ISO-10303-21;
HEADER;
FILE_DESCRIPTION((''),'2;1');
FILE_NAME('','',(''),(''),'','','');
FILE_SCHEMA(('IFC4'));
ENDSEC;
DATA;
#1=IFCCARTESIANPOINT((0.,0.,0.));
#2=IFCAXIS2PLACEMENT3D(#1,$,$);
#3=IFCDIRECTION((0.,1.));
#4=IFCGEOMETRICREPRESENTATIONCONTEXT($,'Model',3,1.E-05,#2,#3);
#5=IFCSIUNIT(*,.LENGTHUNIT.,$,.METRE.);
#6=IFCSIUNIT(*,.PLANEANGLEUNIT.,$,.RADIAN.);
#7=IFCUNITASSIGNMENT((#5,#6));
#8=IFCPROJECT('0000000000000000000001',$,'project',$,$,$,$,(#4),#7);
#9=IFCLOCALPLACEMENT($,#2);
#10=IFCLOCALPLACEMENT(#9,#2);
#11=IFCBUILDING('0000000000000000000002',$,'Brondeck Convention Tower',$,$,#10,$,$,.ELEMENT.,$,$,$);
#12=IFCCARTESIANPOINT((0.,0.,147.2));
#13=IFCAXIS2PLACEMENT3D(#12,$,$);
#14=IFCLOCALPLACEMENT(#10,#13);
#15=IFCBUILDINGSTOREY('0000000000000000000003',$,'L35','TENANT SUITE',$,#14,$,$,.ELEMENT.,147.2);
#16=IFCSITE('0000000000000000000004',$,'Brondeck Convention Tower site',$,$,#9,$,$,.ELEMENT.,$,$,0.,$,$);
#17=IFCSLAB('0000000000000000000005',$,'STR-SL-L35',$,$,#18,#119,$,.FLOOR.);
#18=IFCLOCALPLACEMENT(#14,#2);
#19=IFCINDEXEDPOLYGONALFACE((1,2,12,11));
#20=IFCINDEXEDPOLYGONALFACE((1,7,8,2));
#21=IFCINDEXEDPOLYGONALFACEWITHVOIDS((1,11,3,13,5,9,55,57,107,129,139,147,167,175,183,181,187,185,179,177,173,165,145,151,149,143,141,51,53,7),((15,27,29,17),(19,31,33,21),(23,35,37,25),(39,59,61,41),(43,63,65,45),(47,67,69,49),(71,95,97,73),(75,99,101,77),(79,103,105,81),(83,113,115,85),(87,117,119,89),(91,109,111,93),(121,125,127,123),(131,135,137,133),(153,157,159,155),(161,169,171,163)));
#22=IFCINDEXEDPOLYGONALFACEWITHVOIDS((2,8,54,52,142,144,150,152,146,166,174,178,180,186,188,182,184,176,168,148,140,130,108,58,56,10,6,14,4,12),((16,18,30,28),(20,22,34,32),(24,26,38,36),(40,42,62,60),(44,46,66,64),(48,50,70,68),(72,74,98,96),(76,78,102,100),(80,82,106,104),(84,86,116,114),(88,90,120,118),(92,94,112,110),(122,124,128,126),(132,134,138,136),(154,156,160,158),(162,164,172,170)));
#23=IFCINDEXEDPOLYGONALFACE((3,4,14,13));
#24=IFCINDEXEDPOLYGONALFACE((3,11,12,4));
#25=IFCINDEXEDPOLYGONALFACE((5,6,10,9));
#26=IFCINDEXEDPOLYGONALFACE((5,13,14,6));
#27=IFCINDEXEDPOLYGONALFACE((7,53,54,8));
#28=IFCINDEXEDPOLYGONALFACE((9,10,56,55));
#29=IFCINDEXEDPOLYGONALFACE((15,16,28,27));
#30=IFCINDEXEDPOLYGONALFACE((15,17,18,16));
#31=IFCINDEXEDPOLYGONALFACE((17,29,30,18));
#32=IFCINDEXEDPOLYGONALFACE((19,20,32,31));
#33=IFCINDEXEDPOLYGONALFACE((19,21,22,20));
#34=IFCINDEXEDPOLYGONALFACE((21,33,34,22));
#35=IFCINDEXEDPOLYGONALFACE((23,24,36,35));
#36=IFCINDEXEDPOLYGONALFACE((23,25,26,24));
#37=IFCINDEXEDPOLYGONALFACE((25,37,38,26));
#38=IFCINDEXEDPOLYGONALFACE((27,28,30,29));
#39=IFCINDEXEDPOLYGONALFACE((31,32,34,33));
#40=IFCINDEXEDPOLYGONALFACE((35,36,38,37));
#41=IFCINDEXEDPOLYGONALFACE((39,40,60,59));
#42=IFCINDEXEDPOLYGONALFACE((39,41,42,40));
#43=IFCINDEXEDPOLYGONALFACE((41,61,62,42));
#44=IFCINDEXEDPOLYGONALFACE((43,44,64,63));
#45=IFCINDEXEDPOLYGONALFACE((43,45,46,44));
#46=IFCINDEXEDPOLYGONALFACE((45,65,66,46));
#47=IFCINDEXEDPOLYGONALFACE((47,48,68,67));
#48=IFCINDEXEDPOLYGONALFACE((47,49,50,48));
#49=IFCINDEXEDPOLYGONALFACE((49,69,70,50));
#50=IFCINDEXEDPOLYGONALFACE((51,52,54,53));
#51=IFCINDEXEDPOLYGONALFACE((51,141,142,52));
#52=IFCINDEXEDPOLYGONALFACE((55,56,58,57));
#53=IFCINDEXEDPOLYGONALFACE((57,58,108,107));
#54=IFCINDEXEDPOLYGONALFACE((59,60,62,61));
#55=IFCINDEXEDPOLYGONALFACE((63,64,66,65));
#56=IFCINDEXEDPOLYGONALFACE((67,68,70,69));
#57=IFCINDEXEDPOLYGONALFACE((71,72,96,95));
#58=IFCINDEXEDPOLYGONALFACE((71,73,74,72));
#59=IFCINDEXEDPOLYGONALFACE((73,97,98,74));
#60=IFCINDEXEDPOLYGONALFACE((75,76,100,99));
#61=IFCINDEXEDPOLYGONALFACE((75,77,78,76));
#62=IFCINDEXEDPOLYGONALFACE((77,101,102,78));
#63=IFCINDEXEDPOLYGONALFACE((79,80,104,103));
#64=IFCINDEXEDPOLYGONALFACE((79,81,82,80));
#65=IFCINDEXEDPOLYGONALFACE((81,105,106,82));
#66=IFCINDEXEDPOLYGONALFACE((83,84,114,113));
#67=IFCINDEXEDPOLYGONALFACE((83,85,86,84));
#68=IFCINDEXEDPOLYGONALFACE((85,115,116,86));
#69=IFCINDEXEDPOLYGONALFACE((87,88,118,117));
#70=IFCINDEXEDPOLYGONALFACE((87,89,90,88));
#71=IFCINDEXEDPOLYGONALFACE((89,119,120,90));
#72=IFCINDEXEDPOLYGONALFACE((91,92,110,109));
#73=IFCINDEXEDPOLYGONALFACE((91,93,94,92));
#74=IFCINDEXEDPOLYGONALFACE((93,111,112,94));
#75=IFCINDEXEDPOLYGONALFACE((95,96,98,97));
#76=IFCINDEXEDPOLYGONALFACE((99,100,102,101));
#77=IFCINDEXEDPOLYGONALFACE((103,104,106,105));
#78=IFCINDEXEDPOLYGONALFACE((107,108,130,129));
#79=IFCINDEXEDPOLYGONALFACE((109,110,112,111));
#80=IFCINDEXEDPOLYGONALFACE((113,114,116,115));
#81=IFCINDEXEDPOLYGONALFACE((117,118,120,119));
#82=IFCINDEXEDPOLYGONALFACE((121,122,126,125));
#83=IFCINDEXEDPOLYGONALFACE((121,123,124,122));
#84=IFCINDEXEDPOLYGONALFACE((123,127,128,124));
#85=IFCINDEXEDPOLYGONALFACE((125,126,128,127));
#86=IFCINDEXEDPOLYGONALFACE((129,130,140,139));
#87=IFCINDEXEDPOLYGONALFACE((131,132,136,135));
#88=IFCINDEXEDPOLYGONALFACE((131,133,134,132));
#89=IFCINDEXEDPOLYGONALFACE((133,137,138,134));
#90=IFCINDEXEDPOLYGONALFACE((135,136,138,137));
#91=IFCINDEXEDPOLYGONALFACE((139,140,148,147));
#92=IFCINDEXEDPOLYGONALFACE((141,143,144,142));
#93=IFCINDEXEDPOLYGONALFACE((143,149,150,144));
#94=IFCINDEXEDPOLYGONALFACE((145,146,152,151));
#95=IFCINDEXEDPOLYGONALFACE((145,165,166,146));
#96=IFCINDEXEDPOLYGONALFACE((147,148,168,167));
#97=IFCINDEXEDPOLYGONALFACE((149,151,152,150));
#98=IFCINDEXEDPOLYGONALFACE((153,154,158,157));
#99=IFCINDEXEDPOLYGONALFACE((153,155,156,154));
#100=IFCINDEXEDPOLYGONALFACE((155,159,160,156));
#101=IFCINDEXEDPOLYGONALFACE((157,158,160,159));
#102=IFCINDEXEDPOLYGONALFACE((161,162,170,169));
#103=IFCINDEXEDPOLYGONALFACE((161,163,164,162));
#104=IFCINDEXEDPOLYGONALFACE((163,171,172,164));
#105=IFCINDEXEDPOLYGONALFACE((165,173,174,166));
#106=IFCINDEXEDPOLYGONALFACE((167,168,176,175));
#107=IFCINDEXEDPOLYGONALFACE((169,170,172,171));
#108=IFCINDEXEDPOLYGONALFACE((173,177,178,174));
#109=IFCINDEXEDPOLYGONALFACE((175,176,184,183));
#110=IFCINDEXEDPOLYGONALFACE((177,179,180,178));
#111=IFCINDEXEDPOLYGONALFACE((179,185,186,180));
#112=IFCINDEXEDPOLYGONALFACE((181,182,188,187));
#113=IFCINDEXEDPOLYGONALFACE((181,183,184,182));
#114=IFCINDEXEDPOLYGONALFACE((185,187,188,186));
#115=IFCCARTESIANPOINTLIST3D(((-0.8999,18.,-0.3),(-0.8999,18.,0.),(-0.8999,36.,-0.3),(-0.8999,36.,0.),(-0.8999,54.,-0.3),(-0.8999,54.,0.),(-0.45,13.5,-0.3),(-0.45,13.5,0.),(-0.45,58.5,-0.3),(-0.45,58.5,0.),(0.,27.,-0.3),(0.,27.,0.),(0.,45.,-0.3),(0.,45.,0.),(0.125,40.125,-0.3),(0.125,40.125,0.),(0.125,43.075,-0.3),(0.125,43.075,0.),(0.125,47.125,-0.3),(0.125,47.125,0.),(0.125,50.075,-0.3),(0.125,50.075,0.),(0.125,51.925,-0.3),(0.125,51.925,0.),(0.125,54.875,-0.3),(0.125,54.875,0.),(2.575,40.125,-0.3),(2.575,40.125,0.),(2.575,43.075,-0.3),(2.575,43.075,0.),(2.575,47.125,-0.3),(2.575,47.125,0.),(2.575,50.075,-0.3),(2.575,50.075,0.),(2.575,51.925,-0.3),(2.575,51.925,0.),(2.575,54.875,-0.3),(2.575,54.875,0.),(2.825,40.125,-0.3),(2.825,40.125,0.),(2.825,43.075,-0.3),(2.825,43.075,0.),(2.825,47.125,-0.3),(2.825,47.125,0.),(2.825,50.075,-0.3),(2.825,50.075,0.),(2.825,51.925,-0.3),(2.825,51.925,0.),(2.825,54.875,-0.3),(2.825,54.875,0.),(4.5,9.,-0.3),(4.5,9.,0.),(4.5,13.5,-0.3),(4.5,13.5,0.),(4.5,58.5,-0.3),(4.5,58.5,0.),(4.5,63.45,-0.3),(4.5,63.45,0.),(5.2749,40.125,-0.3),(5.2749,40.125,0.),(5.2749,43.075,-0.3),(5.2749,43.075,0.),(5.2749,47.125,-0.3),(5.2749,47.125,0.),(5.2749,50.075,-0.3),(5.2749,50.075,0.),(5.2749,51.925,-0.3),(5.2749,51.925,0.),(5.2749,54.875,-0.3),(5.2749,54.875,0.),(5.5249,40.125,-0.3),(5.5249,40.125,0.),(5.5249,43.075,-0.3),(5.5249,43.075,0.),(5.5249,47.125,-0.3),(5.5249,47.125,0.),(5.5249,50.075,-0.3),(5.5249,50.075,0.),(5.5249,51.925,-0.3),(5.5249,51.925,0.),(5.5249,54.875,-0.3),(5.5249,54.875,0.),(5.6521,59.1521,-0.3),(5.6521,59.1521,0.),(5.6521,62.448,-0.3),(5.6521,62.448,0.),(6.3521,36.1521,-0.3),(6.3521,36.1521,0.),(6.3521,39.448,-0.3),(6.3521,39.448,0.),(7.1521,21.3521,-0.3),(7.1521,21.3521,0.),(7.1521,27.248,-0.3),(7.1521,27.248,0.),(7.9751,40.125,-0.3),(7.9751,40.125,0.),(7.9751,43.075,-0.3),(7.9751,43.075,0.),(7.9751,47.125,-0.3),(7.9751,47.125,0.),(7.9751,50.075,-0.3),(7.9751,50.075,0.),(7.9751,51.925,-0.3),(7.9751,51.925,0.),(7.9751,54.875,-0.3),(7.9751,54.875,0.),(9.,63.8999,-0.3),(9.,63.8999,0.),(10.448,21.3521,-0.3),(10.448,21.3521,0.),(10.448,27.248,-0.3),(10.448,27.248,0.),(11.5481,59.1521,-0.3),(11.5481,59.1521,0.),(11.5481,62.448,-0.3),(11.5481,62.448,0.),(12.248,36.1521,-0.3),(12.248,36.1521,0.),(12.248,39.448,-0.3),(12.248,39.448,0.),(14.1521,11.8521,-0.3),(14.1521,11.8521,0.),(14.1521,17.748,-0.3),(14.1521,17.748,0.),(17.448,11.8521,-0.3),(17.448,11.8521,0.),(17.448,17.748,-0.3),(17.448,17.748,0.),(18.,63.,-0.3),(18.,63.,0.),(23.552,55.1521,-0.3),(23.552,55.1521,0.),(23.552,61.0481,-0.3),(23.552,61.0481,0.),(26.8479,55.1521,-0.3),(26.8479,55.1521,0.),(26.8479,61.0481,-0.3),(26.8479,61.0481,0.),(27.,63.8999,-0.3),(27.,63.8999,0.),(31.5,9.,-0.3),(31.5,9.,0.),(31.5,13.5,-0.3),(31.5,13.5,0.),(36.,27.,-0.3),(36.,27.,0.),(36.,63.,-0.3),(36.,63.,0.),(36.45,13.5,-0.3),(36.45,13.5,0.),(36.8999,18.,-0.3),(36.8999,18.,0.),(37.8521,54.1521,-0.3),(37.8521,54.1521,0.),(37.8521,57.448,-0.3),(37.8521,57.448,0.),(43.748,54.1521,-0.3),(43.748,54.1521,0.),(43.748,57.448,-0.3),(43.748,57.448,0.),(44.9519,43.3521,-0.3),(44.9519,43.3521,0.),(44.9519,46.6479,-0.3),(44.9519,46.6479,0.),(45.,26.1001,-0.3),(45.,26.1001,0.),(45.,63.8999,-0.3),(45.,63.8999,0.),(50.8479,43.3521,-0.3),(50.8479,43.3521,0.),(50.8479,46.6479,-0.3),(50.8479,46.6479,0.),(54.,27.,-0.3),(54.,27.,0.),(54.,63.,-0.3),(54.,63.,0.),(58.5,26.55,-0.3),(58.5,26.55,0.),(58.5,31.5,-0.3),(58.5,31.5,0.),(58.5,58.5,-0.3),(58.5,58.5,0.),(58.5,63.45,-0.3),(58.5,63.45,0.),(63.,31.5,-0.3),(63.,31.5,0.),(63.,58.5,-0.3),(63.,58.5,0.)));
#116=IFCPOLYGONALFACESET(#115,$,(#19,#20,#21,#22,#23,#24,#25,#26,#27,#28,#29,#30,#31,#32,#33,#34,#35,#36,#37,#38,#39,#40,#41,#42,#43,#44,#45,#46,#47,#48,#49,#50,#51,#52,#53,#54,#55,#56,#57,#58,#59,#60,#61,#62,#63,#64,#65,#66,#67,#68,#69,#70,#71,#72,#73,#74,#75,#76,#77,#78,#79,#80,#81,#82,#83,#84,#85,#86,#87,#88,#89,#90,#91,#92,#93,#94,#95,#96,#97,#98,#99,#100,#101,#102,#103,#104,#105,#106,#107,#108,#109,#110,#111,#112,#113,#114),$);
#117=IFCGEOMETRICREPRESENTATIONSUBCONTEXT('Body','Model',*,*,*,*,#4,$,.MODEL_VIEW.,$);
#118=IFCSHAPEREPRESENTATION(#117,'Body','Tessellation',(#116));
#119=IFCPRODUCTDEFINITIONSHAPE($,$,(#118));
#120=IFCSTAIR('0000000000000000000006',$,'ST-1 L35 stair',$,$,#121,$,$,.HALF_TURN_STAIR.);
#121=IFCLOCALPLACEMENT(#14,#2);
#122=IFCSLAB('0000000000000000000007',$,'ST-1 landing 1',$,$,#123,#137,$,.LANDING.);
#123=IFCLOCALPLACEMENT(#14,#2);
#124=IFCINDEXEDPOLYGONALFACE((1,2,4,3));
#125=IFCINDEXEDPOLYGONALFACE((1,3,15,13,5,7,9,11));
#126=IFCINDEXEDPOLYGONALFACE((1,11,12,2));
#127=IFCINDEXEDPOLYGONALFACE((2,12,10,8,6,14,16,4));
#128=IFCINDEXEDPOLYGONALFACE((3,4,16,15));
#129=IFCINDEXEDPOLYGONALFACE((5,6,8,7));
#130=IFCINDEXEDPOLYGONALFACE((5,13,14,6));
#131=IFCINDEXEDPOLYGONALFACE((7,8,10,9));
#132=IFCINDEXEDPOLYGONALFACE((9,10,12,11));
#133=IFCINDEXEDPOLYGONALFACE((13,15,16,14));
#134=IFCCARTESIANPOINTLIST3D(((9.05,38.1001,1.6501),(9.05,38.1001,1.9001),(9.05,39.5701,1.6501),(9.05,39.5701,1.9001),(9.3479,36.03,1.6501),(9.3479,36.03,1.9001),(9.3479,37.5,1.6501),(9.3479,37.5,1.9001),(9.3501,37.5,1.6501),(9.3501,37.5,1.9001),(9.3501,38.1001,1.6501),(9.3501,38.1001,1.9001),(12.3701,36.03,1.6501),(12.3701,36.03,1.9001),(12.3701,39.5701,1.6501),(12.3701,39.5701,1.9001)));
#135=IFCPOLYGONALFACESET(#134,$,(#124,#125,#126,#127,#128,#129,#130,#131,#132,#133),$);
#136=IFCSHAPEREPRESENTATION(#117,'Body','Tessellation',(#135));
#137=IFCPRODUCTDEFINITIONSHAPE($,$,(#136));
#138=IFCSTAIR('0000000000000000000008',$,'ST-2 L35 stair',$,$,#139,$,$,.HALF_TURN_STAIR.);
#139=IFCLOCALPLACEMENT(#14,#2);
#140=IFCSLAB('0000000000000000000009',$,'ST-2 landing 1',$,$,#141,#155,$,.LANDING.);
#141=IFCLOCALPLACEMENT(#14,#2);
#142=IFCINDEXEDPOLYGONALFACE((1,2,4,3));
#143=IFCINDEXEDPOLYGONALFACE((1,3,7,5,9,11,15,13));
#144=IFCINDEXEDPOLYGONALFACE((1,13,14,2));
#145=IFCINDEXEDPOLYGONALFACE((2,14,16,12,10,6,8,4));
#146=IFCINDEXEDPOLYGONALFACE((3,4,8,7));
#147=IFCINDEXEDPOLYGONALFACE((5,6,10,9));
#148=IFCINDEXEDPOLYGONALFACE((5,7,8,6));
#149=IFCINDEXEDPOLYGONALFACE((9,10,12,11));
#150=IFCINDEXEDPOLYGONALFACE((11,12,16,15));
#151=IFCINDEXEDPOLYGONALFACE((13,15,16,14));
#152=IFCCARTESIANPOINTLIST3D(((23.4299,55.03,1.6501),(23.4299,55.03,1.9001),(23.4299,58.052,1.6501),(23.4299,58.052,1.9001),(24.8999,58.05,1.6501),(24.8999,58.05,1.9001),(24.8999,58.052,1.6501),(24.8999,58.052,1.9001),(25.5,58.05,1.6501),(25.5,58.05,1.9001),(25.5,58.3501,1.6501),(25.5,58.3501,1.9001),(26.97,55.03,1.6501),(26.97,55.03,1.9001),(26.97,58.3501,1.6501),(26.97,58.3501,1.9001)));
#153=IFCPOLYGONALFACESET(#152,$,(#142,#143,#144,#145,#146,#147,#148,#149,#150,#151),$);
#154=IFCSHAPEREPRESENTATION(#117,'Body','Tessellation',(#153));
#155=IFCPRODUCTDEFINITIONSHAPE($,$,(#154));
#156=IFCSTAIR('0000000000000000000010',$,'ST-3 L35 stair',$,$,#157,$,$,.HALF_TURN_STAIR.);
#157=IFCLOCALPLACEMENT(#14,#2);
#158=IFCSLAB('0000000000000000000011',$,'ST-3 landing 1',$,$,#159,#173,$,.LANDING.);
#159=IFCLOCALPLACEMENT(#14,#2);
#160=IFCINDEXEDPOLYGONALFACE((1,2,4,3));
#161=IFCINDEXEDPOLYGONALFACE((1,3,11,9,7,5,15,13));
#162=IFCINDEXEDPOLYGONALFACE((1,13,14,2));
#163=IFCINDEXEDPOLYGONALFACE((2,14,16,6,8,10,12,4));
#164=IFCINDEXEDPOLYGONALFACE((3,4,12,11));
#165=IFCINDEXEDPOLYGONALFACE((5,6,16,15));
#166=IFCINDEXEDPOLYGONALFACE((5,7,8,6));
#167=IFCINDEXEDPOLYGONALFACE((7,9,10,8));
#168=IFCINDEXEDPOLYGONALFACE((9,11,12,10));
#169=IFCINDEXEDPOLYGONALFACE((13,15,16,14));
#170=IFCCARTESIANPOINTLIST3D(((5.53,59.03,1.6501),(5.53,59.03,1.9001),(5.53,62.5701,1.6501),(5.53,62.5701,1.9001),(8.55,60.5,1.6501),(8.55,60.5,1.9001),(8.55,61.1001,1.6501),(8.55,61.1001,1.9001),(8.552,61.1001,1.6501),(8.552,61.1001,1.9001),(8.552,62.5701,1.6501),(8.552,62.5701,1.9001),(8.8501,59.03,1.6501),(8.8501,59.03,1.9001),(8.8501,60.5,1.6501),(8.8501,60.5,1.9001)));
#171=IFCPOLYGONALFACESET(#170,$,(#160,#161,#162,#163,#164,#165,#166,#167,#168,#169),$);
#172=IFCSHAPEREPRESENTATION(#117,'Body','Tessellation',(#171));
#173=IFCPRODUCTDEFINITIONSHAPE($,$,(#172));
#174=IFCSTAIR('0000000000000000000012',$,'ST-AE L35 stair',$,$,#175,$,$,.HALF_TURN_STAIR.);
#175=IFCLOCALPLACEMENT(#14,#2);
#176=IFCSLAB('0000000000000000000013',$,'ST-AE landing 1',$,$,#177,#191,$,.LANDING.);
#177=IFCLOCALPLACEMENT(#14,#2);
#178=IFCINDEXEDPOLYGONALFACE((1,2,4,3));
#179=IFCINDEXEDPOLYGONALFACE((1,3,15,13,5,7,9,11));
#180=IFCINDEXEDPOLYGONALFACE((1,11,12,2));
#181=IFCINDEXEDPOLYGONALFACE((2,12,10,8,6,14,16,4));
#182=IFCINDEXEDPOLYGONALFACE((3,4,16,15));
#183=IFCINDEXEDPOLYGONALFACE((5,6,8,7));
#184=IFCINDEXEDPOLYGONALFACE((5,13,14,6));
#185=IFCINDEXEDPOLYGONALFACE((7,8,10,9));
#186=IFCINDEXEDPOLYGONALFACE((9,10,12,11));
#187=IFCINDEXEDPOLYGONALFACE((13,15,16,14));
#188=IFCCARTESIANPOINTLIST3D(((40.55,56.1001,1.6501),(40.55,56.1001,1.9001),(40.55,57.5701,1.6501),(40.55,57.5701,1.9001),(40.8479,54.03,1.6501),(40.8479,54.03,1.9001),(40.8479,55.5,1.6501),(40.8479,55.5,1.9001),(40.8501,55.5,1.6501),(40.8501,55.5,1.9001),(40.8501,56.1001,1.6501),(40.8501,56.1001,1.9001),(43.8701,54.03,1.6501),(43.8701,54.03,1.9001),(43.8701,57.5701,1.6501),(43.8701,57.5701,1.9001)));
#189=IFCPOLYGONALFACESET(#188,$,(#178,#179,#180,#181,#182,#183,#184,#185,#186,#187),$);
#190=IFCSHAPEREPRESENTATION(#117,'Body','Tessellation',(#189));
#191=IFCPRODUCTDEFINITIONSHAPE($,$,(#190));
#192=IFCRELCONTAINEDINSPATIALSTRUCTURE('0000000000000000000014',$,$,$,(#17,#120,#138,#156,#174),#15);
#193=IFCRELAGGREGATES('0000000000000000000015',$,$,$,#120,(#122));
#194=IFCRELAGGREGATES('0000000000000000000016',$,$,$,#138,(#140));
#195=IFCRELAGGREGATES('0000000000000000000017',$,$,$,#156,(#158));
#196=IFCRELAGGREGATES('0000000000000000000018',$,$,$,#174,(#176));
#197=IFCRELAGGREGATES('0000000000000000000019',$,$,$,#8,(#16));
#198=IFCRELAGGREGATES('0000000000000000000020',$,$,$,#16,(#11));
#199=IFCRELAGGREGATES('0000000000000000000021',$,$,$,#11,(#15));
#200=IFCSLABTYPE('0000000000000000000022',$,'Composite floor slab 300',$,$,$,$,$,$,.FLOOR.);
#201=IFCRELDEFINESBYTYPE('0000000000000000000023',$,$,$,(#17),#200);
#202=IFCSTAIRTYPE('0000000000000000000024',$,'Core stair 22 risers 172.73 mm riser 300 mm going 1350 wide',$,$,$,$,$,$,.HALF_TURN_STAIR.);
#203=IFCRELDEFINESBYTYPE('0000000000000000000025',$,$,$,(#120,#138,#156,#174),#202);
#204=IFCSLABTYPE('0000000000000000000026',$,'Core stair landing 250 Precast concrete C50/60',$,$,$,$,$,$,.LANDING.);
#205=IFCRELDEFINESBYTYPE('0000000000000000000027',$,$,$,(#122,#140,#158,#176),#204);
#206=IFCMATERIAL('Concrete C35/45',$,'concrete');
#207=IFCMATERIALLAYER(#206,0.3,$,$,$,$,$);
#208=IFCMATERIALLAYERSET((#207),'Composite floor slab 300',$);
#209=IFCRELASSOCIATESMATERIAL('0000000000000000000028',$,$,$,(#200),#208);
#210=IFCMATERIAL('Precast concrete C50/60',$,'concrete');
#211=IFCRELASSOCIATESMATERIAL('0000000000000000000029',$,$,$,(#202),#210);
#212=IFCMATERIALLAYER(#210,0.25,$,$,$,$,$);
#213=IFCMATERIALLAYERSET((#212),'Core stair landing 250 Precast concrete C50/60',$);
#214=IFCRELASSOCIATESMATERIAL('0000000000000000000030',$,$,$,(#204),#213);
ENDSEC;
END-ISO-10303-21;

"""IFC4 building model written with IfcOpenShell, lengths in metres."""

from ifc_helpers import new_model, si_unit, direction, frame, origin, place, context, subcontext, project, spatial, polyline, outline, extrude, material, layer, layer_set, type_object, element, aggregate, save


model = new_model("IFC4")

# Units and contexts
model_context = context("Model", 3, precision=1e-05, world=origin(), true_north=direction((0.0, 1.0)))
body_context = subcontext(model_context, "Body", "Model", "MODEL_VIEW")
ifc_project = project(units=[si_unit("LENGTHUNIT", "METRE"), si_unit("PLANEANGLEUNIT", "RADIAN")], contexts=[model_context])

# Site, building, storey
site_placement = place(None, origin())
site = spatial("IfcSite", under=ifc_project, at=site_placement, Name="Brondeck Convention Tower site", CompositionType="ELEMENT", RefElevation=0.0)
building_placement = place(site_placement, origin())
building = spatial("IfcBuilding", under=site, at=building_placement, Name="Brondeck Convention Tower", CompositionType="ELEMENT")
storey_placement = place(building_placement, frame((0.0, 0.0, 147.2)))
storey = spatial("IfcBuildingStorey", under=building, at=storey_placement, Name="L35", Description="TENANT SUITE", CompositionType="ELEMENT", Elevation=147.2)

# Slab
ifc_material_1 = material(Name="Concrete C35/45", Category="concrete")
ifc_layer_1 = layer(ifc_material_1, 0.3)
ifc_layer_set_1 = layer_set([ifc_layer_1], Name="Composite floor slab 300")
slab_type_1 = type_object("IfcSlabType", Name="Composite floor slab 300", PredefinedType="FLOOR", material=ifc_layer_set_1)
slab_1_placement = place(storey_placement, frame((0.0, 0.0, -0.3)))
element("IfcSlab", 1, at=slab_1_placement, inside=storey, type_object=slab_type_1, Name="STR-SL-L35", PredefinedType="FLOOR", context=body_context, shape_type="SweptSolid", body=[
    extrude(outline(polyline([(4.5, 13.5), (-0.45, 13.5), (-0.8999, 18.0), (0.0, 27.0), (-0.8999, 36.0), (0.0, 45.0), (-0.8999, 54.0), (-0.45, 58.5), (4.5, 58.5), (4.5, 63.45), (9.0, 63.8999), (18.0, 63.0), (27.0, 63.8999), (36.0, 63.0), (45.0, 63.8999), (54.0, 63.0), (58.5, 63.45), (58.5, 58.5), (63.0, 58.5), (63.0, 31.5), (58.5, 31.5), (58.5, 26.55), (54.0, 27.0), (45.0, 26.1001), (36.0, 27.0), (36.8999, 18.0), (36.45, 13.5), (31.5, 13.5), (31.5, 9.0), (4.5, 9.0), (4.5, 13.5)]), holes=[polyline([(2.575, 40.125), (2.575, 43.075), (0.125, 43.075), (0.125, 40.125), (2.575, 40.125)]), polyline([(5.2749, 40.125), (5.2749, 43.075), (2.825, 43.075), (2.825, 40.125), (5.2749, 40.125)]), polyline([(7.9751, 40.125), (7.9751, 43.075), (5.5249, 43.075), (5.5249, 40.125), (7.9751, 40.125)]), polyline([(2.575, 47.125), (2.575, 50.075), (0.125, 50.075), (0.125, 47.125), (2.575, 47.125)]), polyline([(5.2749, 47.125), (5.2749, 50.075), (2.825, 50.075), (2.825, 47.125), (5.2749, 47.125)]), polyline([(7.9751, 47.125), (7.9751, 50.075), (5.5249, 50.075), (5.5249, 47.125), (7.9751, 47.125)]), polyline([(2.575, 51.925), (2.575, 54.875), (0.125, 54.875), (0.125, 51.925), (2.575, 51.925)]), polyline([(5.2749, 51.925), (5.2749, 54.875), (2.825, 54.875), (2.825, 51.925), (5.2749, 51.925)]), polyline([(17.448, 17.748), (14.1521, 17.748), (14.1521, 11.8521), (17.448, 11.8521), (17.448, 17.748)]), polyline([(10.448, 27.248), (7.1521, 27.248), (7.1521, 21.3521), (10.448, 21.3521), (10.448, 27.248)]), polyline([(12.248, 36.1521), (12.248, 39.448), (6.3521, 39.448), (6.3521, 36.1521), (12.248, 36.1521)]), polyline([(50.8479, 43.3521), (50.8479, 46.6479), (44.9519, 46.6479), (44.9519, 43.3521), (50.8479, 43.3521)]), polyline([(7.9751, 51.925), (7.9751, 54.875), (5.5249, 54.875), (5.5249, 51.925), (7.9751, 51.925)]), polyline([(43.748, 54.1521), (43.748, 57.448), (37.8521, 57.448), (37.8521, 54.1521), (43.748, 54.1521)]), polyline([(23.552, 55.1521), (26.8479, 55.1521), (26.8479, 61.0481), (23.552, 61.0481), (23.552, 55.1521)]), polyline([(5.6521, 62.448), (5.6521, 59.1521), (11.5481, 59.1521), (11.5481, 62.448), (5.6521, 62.448)])]), origin(), (0.0, 0.0, 1.0), 0.3),
])

# Stairs, slabs
ifc_material_2 = material(Name="Precast concrete C50/60", Category="concrete")
stair_type = type_object("IfcStairType", Name="Core stair 22 risers 172.73 mm riser 300 mm going 1350 wide", PredefinedType="HALF_TURN_STAIR", material=ifc_material_2)
stair_1_placement = place(storey_placement, origin())
stair_1 = element("IfcStair", 2, at=stair_1_placement, inside=storey, type_object=stair_type, Name="ST-1 L35 stair", PredefinedType="HALF_TURN_STAIR")
ifc_layer_2 = layer(ifc_material_2, 0.25)
ifc_layer_set_2 = layer_set([ifc_layer_2], Name="Core stair landing 250 Precast concrete C50/60")
slab_type_2 = type_object("IfcSlabType", Name="Core stair landing 250 Precast concrete C50/60", PredefinedType="LANDING", material=ifc_layer_set_2)
slab_2_placement = place(storey_placement, frame((0.0, 0.0, 1.6501)))
slab_2 = element("IfcSlab", 3, at=slab_2_placement, type_object=slab_type_2, Name="ST-1 landing 1", PredefinedType="LANDING", context=body_context, shape_type="SweptSolid", body=[
    extrude(outline(polyline([(9.3479, 37.5), (9.3501, 37.5), (9.3501, 38.1001), (9.05, 38.1001), (9.05, 39.5701), (12.3701, 39.5701), (12.3701, 36.03), (9.3479, 36.03), (9.3479, 37.5)])), origin(), (0.0, 0.0, 1.0), 0.25),
])
aggregate(stair_1, [slab_2])
stair_2_placement = place(storey_placement, origin())
stair_2 = element("IfcStair", 4, at=stair_2_placement, inside=storey, type_object=stair_type, Name="ST-2 L35 stair", PredefinedType="HALF_TURN_STAIR")
slab_3_placement = place(storey_placement, frame((0.0, 0.0, 1.6501)))
slab_3 = element("IfcSlab", 5, at=slab_3_placement, type_object=slab_type_2, Name="ST-2 landing 1", PredefinedType="LANDING", context=body_context, shape_type="SweptSolid", body=[
    extrude(outline(polyline([(23.4299, 58.052), (24.8999, 58.052), (24.8999, 58.05), (25.5, 58.05), (25.5, 58.3501), (26.97, 58.3501), (26.97, 55.03), (23.4299, 55.03), (23.4299, 58.052)])), origin(), (0.0, 0.0, 1.0), 0.25),
])
aggregate(stair_2, [slab_3])
stair_3_placement = place(storey_placement, origin())
stair_3 = element("IfcStair", 6, at=stair_3_placement, inside=storey, type_object=stair_type, Name="ST-3 L35 stair", PredefinedType="HALF_TURN_STAIR")
slab_4_placement = place(storey_placement, frame((0.0, 0.0, 1.6501)))
slab_4 = element("IfcSlab", 7, at=slab_4_placement, type_object=slab_type_2, Name="ST-3 landing 1", PredefinedType="LANDING", context=body_context, shape_type="SweptSolid", body=[
    extrude(outline(polyline([(8.8501, 60.5), (8.8501, 59.03), (5.53, 59.03), (5.53, 62.5701), (8.552, 62.5701), (8.552, 61.1001), (8.55, 61.1001), (8.55, 60.5), (8.8501, 60.5)])), origin(), (0.0, 0.0, 1.0), 0.25),
])
aggregate(stair_3, [slab_4])
stair_4_placement = place(storey_placement, origin())
stair_4 = element("IfcStair", 8, at=stair_4_placement, inside=storey, type_object=stair_type, Name="ST-AE L35 stair", PredefinedType="HALF_TURN_STAIR")
slab_5_placement = place(storey_placement, frame((0.0, 0.0, 1.6501)))
slab_5 = element("IfcSlab", 9, at=slab_5_placement, type_object=slab_type_2, Name="ST-AE landing 1", PredefinedType="LANDING", context=body_context, shape_type="SweptSolid", body=[
    extrude(outline(polyline([(40.8479, 55.5), (40.8501, 55.5), (40.8501, 56.1001), (40.55, 56.1001), (40.55, 57.5701), (43.8701, 57.5701), (43.8701, 54.03), (40.8479, 54.03), (40.8479, 55.5)])), origin(), (0.0, 0.0, 1.0), 0.25),
])
aggregate(stair_4, [slab_5])

save(model, "model.ifc")
